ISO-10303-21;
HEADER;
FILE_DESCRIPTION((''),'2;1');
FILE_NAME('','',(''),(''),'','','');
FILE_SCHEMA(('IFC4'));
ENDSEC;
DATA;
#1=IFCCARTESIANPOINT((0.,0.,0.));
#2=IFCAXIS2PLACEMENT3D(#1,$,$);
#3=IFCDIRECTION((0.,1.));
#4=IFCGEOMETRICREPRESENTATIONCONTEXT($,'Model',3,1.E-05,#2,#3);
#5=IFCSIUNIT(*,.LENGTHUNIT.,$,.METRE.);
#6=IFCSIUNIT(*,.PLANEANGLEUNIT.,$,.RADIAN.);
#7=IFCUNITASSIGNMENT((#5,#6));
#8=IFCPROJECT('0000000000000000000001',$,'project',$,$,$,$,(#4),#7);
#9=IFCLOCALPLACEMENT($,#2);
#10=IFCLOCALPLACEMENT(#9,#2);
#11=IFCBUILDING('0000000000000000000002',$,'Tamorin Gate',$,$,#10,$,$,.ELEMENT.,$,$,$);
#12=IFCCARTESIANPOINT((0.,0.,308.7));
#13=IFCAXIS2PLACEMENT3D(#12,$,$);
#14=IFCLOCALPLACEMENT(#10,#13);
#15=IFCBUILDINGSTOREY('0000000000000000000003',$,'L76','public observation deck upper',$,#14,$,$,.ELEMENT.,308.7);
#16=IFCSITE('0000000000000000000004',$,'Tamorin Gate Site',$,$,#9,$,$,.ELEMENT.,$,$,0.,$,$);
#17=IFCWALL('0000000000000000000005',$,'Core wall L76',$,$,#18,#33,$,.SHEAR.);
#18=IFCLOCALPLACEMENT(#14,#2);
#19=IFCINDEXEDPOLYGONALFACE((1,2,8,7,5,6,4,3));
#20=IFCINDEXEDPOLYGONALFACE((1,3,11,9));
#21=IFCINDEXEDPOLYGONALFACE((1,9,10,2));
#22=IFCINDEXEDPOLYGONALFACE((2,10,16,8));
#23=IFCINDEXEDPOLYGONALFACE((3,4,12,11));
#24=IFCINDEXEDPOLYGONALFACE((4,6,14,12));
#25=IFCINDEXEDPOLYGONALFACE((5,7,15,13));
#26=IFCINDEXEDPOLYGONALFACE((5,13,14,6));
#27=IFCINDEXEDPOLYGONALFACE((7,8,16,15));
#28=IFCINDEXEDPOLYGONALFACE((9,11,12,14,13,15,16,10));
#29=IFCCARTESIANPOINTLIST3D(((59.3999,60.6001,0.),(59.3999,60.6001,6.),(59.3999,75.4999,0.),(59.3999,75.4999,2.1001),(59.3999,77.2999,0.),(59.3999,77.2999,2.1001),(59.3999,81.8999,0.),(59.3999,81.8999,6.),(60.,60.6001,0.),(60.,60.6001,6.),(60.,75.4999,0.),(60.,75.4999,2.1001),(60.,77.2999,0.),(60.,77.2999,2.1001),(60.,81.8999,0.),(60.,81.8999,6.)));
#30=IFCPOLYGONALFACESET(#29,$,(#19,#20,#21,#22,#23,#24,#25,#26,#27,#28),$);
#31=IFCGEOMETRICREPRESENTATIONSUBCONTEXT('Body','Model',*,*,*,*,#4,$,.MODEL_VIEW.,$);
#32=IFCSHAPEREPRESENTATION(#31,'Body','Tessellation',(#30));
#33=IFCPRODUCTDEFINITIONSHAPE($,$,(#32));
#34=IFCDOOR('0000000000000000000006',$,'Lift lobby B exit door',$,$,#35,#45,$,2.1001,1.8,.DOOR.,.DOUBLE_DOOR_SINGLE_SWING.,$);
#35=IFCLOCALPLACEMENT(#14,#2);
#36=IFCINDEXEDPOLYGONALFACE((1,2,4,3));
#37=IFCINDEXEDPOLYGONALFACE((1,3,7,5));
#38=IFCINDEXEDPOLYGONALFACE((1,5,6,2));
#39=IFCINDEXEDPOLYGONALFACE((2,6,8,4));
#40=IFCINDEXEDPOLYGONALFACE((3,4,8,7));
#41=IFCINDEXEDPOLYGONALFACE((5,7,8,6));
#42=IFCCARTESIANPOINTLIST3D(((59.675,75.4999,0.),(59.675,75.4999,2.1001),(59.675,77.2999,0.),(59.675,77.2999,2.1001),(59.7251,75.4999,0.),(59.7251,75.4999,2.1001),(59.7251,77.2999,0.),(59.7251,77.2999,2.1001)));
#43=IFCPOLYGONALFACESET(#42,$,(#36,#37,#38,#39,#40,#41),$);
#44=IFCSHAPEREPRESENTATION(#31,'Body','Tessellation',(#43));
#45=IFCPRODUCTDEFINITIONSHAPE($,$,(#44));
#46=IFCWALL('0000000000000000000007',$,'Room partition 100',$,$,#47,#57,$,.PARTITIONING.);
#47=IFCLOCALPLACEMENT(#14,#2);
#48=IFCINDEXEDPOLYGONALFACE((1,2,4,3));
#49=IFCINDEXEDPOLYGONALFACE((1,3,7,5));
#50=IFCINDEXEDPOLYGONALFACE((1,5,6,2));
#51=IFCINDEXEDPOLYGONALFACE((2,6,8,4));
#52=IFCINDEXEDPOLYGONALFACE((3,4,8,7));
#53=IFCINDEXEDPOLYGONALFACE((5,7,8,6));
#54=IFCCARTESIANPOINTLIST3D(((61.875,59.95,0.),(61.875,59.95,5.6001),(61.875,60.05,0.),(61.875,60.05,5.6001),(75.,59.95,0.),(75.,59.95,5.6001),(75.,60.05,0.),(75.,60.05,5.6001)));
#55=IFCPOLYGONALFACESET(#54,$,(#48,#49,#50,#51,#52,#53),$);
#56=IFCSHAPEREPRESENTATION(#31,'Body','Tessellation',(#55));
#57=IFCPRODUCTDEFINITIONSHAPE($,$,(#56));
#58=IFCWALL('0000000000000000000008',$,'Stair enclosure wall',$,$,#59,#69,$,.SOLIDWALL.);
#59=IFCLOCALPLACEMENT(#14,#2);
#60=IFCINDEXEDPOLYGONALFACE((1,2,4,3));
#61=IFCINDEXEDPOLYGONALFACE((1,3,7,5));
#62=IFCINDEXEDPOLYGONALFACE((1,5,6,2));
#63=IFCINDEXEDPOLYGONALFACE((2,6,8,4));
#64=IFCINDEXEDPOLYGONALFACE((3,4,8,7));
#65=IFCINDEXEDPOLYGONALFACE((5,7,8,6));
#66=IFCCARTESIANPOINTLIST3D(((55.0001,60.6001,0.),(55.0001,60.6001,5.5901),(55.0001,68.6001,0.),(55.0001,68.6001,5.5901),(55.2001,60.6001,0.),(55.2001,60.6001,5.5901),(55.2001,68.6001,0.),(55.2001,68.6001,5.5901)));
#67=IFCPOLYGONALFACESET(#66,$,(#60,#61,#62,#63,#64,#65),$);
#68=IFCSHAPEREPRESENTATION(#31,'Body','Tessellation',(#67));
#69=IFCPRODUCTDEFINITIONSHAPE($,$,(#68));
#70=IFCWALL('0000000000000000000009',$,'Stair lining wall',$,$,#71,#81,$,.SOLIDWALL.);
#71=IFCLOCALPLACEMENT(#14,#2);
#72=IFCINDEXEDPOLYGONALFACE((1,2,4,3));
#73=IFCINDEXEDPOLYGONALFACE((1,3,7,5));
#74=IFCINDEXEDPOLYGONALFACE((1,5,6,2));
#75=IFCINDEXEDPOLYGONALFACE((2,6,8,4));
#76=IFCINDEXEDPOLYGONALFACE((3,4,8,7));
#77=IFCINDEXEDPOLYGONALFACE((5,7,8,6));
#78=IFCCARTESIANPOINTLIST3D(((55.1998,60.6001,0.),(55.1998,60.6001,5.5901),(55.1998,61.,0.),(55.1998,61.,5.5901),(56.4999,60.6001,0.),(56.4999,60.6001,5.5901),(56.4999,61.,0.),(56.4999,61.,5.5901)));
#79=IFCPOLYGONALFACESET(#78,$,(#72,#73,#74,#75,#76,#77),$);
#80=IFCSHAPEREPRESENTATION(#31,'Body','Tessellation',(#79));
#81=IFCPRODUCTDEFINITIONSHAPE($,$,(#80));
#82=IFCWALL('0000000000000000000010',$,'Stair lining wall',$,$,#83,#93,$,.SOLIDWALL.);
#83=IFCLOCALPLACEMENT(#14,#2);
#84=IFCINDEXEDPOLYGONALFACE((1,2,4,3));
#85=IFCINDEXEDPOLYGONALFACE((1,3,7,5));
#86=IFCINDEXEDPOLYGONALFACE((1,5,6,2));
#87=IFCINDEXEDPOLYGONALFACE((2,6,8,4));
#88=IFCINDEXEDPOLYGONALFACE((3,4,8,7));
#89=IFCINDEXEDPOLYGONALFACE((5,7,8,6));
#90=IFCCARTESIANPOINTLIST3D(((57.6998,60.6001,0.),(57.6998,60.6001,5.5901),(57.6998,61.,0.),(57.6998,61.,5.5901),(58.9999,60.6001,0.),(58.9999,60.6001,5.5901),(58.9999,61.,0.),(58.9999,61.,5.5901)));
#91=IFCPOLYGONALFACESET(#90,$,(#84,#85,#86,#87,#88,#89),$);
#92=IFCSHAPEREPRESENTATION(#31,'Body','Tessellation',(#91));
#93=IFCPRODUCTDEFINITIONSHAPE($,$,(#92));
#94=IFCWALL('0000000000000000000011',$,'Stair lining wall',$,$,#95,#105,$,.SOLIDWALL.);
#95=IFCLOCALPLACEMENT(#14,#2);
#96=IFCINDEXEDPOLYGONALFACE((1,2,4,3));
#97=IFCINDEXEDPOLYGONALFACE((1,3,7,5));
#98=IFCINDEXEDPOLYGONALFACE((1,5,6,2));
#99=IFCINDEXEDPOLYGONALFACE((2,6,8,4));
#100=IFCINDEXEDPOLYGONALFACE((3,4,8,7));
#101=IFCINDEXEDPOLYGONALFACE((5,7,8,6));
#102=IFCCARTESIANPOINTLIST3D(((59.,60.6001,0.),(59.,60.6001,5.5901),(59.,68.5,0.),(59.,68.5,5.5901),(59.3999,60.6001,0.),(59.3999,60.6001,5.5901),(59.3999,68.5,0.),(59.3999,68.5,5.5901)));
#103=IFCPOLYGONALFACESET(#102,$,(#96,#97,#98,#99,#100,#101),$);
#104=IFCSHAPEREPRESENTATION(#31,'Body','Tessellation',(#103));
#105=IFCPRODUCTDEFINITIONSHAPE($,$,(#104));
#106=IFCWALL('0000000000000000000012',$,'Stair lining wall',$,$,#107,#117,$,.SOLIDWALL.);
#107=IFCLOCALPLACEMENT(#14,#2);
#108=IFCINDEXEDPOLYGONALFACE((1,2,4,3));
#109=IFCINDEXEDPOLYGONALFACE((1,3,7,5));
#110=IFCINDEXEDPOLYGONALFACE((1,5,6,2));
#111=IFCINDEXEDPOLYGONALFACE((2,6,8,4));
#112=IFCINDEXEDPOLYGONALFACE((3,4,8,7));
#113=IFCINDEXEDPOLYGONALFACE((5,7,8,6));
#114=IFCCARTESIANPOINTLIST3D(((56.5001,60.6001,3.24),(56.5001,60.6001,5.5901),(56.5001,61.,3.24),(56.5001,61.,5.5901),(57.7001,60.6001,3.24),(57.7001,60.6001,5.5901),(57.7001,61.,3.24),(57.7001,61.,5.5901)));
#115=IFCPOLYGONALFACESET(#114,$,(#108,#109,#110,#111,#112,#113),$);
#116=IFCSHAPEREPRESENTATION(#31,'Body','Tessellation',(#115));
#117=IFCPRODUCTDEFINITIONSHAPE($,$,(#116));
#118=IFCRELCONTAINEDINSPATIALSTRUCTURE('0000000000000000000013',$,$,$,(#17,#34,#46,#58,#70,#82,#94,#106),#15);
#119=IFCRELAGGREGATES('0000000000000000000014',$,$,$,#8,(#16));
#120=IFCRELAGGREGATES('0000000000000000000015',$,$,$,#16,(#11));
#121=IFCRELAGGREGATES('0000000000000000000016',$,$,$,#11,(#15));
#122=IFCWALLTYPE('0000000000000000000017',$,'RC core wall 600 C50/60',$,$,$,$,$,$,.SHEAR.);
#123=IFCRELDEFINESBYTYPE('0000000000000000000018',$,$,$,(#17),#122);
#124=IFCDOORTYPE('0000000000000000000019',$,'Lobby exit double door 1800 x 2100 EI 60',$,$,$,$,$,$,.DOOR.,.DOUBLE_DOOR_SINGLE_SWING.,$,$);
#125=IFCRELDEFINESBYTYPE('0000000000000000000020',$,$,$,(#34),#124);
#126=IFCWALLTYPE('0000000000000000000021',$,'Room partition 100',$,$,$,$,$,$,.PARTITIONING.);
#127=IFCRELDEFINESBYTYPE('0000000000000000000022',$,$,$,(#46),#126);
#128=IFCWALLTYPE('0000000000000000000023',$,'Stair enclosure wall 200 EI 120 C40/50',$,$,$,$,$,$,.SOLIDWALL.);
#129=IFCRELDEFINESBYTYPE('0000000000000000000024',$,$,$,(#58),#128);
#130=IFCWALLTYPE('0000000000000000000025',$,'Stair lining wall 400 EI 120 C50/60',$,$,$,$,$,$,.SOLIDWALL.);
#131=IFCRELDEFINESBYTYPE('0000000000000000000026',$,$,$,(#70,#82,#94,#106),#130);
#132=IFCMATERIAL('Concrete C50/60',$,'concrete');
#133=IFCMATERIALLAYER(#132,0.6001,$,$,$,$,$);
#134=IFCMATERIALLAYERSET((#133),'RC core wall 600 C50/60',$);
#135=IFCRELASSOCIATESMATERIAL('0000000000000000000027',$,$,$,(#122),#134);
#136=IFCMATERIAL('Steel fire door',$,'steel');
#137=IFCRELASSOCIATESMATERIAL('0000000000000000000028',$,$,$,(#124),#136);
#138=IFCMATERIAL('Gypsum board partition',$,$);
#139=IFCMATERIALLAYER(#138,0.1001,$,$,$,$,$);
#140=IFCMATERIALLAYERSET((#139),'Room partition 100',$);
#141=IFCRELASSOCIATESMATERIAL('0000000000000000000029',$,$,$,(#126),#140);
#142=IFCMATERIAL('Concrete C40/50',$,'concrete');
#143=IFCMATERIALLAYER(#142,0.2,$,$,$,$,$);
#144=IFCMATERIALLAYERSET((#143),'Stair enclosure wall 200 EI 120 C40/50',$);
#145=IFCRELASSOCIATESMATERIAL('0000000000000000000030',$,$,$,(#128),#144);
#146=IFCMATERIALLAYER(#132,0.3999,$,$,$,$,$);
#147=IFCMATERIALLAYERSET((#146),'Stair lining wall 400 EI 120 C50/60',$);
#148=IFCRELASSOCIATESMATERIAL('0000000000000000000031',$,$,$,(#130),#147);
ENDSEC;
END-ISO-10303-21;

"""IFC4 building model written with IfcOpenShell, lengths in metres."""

from ifc_helpers import new_model, si_unit, direction, frame, frame_2d, origin, place, context, subcontext, project, spatial, rectangle, extrude, material, layer, layer_set, type_object, element, fill, save


model = new_model("IFC4")

# Units and contexts
model_context = context("Model", 3, precision=1e-05, world=origin(), true_north=direction((0.0, 1.0)))
body_context = subcontext(model_context, "Body", "Model", "MODEL_VIEW")
ifc_project = project(units=[si_unit("LENGTHUNIT", "METRE"), si_unit("PLANEANGLEUNIT", "RADIAN")], contexts=[model_context])

# Site, building, storey
site_placement = place(None, origin())
site = spatial("IfcSite", under=ifc_project, at=site_placement, Name="Tamorin Gate Site", CompositionType="ELEMENT", RefElevation=0.0)
building_placement = place(site_placement, origin())
building = spatial("IfcBuilding", under=site, at=building_placement, Name="Tamorin Gate", CompositionType="ELEMENT")
storey_placement = place(building_placement, frame((0.0, 0.0, 308.7)))
storey = spatial("IfcBuildingStorey", under=building, at=storey_placement, Name="L76", Description="public observation deck upper", CompositionType="ELEMENT", Elevation=308.7)

# Shared definitions
ifc_material_1 = material(Name="Concrete C50/60", Category="concrete")

# Shared definitions
ifc_material_2 = material(Name="Gypsum board partition")

# Wall, opening, door
ifc_layer_1 = layer(ifc_material_1, 0.6001)
ifc_layer_set_1 = layer_set([ifc_layer_1], Name="RC core wall 600 C50/60")
wall_type_1 = type_object("IfcWallType", Name="RC core wall 600 C50/60", PredefinedType="SHEAR", material=ifc_layer_set_1)
wall_1_placement = place(storey_placement, frame((59.7, 60.6001, 0.0), z_axis=(0.0, 0.0, 1.0), x_axis=(0.0, 1.0, 0.0)))
wall_1 = element("IfcWall", 1, at=wall_1_placement, inside=storey, type_object=wall_type_1, Name="Core wall L76", PredefinedType="SHEAR", context=body_context, shape_type="SweptSolid", body=[
    extrude(rectangle(XDim=21.2998, YDim=0.6001, at=frame_2d((10.6499, 0.0))), origin(), (0.0, 0.0, 1.0), 6.0),
])
opening_1_placement = place(wall_1_placement, frame((14.8999, 0.0, 0.0)))
opening_1 = element("IfcOpeningElement", 2, at=opening_1_placement, cuts=wall_1, PredefinedType="OPENING", context=body_context, shape_type="SweptSolid", body=[
    extrude(rectangle(XDim=1.8, YDim=2.1001, at=frame_2d((0.8999, 1.05))), frame((0.0, 0.3101, 0.0), z_axis=(0.0, -1.0, 0.0), x_axis=(1.0, 0.0, 0.0)), (0.0, 0.0, 1.0), 0.6201),
])
ifc_material_3 = material(Name="Steel fire door", Category="steel")
door_type_1 = type_object("IfcDoorType", Name="Lobby exit double door 1800 x 2100 EI 60", OperationType="DOUBLE_DOOR_SINGLE_SWING", PredefinedType="DOOR", material=ifc_material_3)
door_1_placement = place(opening_1_placement, origin())
door_1 = element("IfcDoor", 3, at=door_1_placement, inside=storey, type_object=door_type_1, Name="Lift lobby B exit door", OperationType="DOUBLE_DOOR_SINGLE_SWING", OverallHeight=2.1001, OverallWidth=1.8, PredefinedType="DOOR", context=body_context, shape_type="SweptSolid", body=[
    extrude(rectangle(XDim=1.8, YDim=2.1001, at=frame_2d((0.8999, 1.05))), frame((0.0, 0.0249, 0.0), z_axis=(0.0, -1.0, 0.0), x_axis=(1.0, 0.0, 0.0)), (0.0, 0.0, 1.0), 0.05),
])
fill(opening_1, door_1)

# Walls
ifc_layer_2 = layer(ifc_material_2, 0.1001)
ifc_layer_set_2 = layer_set([ifc_layer_2], Name="Room partition 100")
wall_type_2 = type_object("IfcWallType", Name="Room partition 100", PredefinedType="PARTITIONING", material=ifc_layer_set_2)
wall_2_placement = place(storey_placement, frame((61.875, 60.0, 0.0), z_axis=(0.0, 0.0, 1.0), x_axis=(1.0, 0.0, 0.0)))
element("IfcWall", 4, at=wall_2_placement, inside=storey, type_object=wall_type_2, Name="Room partition 100", PredefinedType="PARTITIONING", context=body_context, shape_type="SweptSolid", body=[
    extrude(rectangle(XDim=13.125, YDim=0.1001, at=frame_2d((6.5625, 0.0))), origin(), (0.0, 0.0, 1.0), 5.6001),
])
ifc_material_4 = material(Name="Concrete C40/50", Category="concrete")
ifc_layer_3 = layer(ifc_material_4, 0.2)
ifc_layer_set_3 = layer_set([ifc_layer_3], Name="Stair enclosure wall 200 EI 120 C40/50")
wall_type_3 = type_object("IfcWallType", Name="Stair enclosure wall 200 EI 120 C40/50", PredefinedType="SOLIDWALL", material=ifc_layer_set_3)
wall_3_placement = place(storey_placement, frame((55.1001, 60.6001, 0.0), z_axis=(0.0, 0.0, 1.0), x_axis=(0.0, 1.0, 0.0)))
element("IfcWall", 5, at=wall_3_placement, inside=storey, type_object=wall_type_3, Name="Stair enclosure wall", PredefinedType="SOLIDWALL", context=body_context, shape_type="SweptSolid", body=[
    extrude(rectangle(XDim=8.0, YDim=0.2, at=frame_2d((4.0, 0.0))), origin(), (0.0, 0.0, 1.0), 5.5901),
])
ifc_layer_4 = layer(ifc_material_1, 0.3999)
ifc_layer_set_4 = layer_set([ifc_layer_4], Name="Stair lining wall 400 EI 120 C50/60")
wall_type_4 = type_object("IfcWallType", Name="Stair lining wall 400 EI 120 C50/60", PredefinedType="SOLIDWALL", material=ifc_layer_set_4)
for number, where, z_axis, x_axis, name in (
    (6, (55.2, 60.8, 0.0), (0.0, 0.0, 1.0), (1.0, 0.0, 0.0), "Stair lining wall"),
    (7, (57.7, 60.8, 0.0), (0.0, 0.0, 1.0), (1.0, 0.0, 0.0), "Stair lining wall"),
):
    element("IfcWall", number, at=place(storey_placement, frame(where, z_axis=z_axis, x_axis=x_axis)), inside=storey, type_object=wall_type_4, Name=name, PredefinedType="SOLIDWALL", context=body_context, shape_type="SweptSolid", body=[
        extrude(rectangle(XDim=1.3, YDim=0.3999, at=frame_2d((0.6499, 0.0))), origin(), (0.0, 0.0, 1.0), 5.5901),
    ])
wall_4_placement = place(storey_placement, frame((59.2, 60.6001, 0.0), z_axis=(0.0, 0.0, 1.0), x_axis=(0.0, 1.0, 0.0)))
element("IfcWall", 8, at=wall_4_placement, inside=storey, type_object=wall_type_4, Name="Stair lining wall", PredefinedType="SOLIDWALL", context=body_context, shape_type="SweptSolid", body=[
    extrude(rectangle(XDim=7.8999, YDim=0.3999, at=frame_2d((3.95, 0.0))), origin(), (0.0, 0.0, 1.0), 5.5901),
])
wall_5_placement = place(storey_placement, frame((56.5, 60.8, 3.24), z_axis=(0.0, 0.0, 1.0), x_axis=(1.0, 0.0, 0.0)))
element("IfcWall", 9, at=wall_5_placement, inside=storey, type_object=wall_type_4, Name="Stair lining wall", PredefinedType="SOLIDWALL", context=body_context, shape_type="SweptSolid", body=[
    extrude(rectangle(XDim=1.2, YDim=0.3999, at=frame_2d((0.6001, 0.0))), origin(), (0.0, 0.0, 1.0), 2.3501),
])

save(model, "model.ifc")
